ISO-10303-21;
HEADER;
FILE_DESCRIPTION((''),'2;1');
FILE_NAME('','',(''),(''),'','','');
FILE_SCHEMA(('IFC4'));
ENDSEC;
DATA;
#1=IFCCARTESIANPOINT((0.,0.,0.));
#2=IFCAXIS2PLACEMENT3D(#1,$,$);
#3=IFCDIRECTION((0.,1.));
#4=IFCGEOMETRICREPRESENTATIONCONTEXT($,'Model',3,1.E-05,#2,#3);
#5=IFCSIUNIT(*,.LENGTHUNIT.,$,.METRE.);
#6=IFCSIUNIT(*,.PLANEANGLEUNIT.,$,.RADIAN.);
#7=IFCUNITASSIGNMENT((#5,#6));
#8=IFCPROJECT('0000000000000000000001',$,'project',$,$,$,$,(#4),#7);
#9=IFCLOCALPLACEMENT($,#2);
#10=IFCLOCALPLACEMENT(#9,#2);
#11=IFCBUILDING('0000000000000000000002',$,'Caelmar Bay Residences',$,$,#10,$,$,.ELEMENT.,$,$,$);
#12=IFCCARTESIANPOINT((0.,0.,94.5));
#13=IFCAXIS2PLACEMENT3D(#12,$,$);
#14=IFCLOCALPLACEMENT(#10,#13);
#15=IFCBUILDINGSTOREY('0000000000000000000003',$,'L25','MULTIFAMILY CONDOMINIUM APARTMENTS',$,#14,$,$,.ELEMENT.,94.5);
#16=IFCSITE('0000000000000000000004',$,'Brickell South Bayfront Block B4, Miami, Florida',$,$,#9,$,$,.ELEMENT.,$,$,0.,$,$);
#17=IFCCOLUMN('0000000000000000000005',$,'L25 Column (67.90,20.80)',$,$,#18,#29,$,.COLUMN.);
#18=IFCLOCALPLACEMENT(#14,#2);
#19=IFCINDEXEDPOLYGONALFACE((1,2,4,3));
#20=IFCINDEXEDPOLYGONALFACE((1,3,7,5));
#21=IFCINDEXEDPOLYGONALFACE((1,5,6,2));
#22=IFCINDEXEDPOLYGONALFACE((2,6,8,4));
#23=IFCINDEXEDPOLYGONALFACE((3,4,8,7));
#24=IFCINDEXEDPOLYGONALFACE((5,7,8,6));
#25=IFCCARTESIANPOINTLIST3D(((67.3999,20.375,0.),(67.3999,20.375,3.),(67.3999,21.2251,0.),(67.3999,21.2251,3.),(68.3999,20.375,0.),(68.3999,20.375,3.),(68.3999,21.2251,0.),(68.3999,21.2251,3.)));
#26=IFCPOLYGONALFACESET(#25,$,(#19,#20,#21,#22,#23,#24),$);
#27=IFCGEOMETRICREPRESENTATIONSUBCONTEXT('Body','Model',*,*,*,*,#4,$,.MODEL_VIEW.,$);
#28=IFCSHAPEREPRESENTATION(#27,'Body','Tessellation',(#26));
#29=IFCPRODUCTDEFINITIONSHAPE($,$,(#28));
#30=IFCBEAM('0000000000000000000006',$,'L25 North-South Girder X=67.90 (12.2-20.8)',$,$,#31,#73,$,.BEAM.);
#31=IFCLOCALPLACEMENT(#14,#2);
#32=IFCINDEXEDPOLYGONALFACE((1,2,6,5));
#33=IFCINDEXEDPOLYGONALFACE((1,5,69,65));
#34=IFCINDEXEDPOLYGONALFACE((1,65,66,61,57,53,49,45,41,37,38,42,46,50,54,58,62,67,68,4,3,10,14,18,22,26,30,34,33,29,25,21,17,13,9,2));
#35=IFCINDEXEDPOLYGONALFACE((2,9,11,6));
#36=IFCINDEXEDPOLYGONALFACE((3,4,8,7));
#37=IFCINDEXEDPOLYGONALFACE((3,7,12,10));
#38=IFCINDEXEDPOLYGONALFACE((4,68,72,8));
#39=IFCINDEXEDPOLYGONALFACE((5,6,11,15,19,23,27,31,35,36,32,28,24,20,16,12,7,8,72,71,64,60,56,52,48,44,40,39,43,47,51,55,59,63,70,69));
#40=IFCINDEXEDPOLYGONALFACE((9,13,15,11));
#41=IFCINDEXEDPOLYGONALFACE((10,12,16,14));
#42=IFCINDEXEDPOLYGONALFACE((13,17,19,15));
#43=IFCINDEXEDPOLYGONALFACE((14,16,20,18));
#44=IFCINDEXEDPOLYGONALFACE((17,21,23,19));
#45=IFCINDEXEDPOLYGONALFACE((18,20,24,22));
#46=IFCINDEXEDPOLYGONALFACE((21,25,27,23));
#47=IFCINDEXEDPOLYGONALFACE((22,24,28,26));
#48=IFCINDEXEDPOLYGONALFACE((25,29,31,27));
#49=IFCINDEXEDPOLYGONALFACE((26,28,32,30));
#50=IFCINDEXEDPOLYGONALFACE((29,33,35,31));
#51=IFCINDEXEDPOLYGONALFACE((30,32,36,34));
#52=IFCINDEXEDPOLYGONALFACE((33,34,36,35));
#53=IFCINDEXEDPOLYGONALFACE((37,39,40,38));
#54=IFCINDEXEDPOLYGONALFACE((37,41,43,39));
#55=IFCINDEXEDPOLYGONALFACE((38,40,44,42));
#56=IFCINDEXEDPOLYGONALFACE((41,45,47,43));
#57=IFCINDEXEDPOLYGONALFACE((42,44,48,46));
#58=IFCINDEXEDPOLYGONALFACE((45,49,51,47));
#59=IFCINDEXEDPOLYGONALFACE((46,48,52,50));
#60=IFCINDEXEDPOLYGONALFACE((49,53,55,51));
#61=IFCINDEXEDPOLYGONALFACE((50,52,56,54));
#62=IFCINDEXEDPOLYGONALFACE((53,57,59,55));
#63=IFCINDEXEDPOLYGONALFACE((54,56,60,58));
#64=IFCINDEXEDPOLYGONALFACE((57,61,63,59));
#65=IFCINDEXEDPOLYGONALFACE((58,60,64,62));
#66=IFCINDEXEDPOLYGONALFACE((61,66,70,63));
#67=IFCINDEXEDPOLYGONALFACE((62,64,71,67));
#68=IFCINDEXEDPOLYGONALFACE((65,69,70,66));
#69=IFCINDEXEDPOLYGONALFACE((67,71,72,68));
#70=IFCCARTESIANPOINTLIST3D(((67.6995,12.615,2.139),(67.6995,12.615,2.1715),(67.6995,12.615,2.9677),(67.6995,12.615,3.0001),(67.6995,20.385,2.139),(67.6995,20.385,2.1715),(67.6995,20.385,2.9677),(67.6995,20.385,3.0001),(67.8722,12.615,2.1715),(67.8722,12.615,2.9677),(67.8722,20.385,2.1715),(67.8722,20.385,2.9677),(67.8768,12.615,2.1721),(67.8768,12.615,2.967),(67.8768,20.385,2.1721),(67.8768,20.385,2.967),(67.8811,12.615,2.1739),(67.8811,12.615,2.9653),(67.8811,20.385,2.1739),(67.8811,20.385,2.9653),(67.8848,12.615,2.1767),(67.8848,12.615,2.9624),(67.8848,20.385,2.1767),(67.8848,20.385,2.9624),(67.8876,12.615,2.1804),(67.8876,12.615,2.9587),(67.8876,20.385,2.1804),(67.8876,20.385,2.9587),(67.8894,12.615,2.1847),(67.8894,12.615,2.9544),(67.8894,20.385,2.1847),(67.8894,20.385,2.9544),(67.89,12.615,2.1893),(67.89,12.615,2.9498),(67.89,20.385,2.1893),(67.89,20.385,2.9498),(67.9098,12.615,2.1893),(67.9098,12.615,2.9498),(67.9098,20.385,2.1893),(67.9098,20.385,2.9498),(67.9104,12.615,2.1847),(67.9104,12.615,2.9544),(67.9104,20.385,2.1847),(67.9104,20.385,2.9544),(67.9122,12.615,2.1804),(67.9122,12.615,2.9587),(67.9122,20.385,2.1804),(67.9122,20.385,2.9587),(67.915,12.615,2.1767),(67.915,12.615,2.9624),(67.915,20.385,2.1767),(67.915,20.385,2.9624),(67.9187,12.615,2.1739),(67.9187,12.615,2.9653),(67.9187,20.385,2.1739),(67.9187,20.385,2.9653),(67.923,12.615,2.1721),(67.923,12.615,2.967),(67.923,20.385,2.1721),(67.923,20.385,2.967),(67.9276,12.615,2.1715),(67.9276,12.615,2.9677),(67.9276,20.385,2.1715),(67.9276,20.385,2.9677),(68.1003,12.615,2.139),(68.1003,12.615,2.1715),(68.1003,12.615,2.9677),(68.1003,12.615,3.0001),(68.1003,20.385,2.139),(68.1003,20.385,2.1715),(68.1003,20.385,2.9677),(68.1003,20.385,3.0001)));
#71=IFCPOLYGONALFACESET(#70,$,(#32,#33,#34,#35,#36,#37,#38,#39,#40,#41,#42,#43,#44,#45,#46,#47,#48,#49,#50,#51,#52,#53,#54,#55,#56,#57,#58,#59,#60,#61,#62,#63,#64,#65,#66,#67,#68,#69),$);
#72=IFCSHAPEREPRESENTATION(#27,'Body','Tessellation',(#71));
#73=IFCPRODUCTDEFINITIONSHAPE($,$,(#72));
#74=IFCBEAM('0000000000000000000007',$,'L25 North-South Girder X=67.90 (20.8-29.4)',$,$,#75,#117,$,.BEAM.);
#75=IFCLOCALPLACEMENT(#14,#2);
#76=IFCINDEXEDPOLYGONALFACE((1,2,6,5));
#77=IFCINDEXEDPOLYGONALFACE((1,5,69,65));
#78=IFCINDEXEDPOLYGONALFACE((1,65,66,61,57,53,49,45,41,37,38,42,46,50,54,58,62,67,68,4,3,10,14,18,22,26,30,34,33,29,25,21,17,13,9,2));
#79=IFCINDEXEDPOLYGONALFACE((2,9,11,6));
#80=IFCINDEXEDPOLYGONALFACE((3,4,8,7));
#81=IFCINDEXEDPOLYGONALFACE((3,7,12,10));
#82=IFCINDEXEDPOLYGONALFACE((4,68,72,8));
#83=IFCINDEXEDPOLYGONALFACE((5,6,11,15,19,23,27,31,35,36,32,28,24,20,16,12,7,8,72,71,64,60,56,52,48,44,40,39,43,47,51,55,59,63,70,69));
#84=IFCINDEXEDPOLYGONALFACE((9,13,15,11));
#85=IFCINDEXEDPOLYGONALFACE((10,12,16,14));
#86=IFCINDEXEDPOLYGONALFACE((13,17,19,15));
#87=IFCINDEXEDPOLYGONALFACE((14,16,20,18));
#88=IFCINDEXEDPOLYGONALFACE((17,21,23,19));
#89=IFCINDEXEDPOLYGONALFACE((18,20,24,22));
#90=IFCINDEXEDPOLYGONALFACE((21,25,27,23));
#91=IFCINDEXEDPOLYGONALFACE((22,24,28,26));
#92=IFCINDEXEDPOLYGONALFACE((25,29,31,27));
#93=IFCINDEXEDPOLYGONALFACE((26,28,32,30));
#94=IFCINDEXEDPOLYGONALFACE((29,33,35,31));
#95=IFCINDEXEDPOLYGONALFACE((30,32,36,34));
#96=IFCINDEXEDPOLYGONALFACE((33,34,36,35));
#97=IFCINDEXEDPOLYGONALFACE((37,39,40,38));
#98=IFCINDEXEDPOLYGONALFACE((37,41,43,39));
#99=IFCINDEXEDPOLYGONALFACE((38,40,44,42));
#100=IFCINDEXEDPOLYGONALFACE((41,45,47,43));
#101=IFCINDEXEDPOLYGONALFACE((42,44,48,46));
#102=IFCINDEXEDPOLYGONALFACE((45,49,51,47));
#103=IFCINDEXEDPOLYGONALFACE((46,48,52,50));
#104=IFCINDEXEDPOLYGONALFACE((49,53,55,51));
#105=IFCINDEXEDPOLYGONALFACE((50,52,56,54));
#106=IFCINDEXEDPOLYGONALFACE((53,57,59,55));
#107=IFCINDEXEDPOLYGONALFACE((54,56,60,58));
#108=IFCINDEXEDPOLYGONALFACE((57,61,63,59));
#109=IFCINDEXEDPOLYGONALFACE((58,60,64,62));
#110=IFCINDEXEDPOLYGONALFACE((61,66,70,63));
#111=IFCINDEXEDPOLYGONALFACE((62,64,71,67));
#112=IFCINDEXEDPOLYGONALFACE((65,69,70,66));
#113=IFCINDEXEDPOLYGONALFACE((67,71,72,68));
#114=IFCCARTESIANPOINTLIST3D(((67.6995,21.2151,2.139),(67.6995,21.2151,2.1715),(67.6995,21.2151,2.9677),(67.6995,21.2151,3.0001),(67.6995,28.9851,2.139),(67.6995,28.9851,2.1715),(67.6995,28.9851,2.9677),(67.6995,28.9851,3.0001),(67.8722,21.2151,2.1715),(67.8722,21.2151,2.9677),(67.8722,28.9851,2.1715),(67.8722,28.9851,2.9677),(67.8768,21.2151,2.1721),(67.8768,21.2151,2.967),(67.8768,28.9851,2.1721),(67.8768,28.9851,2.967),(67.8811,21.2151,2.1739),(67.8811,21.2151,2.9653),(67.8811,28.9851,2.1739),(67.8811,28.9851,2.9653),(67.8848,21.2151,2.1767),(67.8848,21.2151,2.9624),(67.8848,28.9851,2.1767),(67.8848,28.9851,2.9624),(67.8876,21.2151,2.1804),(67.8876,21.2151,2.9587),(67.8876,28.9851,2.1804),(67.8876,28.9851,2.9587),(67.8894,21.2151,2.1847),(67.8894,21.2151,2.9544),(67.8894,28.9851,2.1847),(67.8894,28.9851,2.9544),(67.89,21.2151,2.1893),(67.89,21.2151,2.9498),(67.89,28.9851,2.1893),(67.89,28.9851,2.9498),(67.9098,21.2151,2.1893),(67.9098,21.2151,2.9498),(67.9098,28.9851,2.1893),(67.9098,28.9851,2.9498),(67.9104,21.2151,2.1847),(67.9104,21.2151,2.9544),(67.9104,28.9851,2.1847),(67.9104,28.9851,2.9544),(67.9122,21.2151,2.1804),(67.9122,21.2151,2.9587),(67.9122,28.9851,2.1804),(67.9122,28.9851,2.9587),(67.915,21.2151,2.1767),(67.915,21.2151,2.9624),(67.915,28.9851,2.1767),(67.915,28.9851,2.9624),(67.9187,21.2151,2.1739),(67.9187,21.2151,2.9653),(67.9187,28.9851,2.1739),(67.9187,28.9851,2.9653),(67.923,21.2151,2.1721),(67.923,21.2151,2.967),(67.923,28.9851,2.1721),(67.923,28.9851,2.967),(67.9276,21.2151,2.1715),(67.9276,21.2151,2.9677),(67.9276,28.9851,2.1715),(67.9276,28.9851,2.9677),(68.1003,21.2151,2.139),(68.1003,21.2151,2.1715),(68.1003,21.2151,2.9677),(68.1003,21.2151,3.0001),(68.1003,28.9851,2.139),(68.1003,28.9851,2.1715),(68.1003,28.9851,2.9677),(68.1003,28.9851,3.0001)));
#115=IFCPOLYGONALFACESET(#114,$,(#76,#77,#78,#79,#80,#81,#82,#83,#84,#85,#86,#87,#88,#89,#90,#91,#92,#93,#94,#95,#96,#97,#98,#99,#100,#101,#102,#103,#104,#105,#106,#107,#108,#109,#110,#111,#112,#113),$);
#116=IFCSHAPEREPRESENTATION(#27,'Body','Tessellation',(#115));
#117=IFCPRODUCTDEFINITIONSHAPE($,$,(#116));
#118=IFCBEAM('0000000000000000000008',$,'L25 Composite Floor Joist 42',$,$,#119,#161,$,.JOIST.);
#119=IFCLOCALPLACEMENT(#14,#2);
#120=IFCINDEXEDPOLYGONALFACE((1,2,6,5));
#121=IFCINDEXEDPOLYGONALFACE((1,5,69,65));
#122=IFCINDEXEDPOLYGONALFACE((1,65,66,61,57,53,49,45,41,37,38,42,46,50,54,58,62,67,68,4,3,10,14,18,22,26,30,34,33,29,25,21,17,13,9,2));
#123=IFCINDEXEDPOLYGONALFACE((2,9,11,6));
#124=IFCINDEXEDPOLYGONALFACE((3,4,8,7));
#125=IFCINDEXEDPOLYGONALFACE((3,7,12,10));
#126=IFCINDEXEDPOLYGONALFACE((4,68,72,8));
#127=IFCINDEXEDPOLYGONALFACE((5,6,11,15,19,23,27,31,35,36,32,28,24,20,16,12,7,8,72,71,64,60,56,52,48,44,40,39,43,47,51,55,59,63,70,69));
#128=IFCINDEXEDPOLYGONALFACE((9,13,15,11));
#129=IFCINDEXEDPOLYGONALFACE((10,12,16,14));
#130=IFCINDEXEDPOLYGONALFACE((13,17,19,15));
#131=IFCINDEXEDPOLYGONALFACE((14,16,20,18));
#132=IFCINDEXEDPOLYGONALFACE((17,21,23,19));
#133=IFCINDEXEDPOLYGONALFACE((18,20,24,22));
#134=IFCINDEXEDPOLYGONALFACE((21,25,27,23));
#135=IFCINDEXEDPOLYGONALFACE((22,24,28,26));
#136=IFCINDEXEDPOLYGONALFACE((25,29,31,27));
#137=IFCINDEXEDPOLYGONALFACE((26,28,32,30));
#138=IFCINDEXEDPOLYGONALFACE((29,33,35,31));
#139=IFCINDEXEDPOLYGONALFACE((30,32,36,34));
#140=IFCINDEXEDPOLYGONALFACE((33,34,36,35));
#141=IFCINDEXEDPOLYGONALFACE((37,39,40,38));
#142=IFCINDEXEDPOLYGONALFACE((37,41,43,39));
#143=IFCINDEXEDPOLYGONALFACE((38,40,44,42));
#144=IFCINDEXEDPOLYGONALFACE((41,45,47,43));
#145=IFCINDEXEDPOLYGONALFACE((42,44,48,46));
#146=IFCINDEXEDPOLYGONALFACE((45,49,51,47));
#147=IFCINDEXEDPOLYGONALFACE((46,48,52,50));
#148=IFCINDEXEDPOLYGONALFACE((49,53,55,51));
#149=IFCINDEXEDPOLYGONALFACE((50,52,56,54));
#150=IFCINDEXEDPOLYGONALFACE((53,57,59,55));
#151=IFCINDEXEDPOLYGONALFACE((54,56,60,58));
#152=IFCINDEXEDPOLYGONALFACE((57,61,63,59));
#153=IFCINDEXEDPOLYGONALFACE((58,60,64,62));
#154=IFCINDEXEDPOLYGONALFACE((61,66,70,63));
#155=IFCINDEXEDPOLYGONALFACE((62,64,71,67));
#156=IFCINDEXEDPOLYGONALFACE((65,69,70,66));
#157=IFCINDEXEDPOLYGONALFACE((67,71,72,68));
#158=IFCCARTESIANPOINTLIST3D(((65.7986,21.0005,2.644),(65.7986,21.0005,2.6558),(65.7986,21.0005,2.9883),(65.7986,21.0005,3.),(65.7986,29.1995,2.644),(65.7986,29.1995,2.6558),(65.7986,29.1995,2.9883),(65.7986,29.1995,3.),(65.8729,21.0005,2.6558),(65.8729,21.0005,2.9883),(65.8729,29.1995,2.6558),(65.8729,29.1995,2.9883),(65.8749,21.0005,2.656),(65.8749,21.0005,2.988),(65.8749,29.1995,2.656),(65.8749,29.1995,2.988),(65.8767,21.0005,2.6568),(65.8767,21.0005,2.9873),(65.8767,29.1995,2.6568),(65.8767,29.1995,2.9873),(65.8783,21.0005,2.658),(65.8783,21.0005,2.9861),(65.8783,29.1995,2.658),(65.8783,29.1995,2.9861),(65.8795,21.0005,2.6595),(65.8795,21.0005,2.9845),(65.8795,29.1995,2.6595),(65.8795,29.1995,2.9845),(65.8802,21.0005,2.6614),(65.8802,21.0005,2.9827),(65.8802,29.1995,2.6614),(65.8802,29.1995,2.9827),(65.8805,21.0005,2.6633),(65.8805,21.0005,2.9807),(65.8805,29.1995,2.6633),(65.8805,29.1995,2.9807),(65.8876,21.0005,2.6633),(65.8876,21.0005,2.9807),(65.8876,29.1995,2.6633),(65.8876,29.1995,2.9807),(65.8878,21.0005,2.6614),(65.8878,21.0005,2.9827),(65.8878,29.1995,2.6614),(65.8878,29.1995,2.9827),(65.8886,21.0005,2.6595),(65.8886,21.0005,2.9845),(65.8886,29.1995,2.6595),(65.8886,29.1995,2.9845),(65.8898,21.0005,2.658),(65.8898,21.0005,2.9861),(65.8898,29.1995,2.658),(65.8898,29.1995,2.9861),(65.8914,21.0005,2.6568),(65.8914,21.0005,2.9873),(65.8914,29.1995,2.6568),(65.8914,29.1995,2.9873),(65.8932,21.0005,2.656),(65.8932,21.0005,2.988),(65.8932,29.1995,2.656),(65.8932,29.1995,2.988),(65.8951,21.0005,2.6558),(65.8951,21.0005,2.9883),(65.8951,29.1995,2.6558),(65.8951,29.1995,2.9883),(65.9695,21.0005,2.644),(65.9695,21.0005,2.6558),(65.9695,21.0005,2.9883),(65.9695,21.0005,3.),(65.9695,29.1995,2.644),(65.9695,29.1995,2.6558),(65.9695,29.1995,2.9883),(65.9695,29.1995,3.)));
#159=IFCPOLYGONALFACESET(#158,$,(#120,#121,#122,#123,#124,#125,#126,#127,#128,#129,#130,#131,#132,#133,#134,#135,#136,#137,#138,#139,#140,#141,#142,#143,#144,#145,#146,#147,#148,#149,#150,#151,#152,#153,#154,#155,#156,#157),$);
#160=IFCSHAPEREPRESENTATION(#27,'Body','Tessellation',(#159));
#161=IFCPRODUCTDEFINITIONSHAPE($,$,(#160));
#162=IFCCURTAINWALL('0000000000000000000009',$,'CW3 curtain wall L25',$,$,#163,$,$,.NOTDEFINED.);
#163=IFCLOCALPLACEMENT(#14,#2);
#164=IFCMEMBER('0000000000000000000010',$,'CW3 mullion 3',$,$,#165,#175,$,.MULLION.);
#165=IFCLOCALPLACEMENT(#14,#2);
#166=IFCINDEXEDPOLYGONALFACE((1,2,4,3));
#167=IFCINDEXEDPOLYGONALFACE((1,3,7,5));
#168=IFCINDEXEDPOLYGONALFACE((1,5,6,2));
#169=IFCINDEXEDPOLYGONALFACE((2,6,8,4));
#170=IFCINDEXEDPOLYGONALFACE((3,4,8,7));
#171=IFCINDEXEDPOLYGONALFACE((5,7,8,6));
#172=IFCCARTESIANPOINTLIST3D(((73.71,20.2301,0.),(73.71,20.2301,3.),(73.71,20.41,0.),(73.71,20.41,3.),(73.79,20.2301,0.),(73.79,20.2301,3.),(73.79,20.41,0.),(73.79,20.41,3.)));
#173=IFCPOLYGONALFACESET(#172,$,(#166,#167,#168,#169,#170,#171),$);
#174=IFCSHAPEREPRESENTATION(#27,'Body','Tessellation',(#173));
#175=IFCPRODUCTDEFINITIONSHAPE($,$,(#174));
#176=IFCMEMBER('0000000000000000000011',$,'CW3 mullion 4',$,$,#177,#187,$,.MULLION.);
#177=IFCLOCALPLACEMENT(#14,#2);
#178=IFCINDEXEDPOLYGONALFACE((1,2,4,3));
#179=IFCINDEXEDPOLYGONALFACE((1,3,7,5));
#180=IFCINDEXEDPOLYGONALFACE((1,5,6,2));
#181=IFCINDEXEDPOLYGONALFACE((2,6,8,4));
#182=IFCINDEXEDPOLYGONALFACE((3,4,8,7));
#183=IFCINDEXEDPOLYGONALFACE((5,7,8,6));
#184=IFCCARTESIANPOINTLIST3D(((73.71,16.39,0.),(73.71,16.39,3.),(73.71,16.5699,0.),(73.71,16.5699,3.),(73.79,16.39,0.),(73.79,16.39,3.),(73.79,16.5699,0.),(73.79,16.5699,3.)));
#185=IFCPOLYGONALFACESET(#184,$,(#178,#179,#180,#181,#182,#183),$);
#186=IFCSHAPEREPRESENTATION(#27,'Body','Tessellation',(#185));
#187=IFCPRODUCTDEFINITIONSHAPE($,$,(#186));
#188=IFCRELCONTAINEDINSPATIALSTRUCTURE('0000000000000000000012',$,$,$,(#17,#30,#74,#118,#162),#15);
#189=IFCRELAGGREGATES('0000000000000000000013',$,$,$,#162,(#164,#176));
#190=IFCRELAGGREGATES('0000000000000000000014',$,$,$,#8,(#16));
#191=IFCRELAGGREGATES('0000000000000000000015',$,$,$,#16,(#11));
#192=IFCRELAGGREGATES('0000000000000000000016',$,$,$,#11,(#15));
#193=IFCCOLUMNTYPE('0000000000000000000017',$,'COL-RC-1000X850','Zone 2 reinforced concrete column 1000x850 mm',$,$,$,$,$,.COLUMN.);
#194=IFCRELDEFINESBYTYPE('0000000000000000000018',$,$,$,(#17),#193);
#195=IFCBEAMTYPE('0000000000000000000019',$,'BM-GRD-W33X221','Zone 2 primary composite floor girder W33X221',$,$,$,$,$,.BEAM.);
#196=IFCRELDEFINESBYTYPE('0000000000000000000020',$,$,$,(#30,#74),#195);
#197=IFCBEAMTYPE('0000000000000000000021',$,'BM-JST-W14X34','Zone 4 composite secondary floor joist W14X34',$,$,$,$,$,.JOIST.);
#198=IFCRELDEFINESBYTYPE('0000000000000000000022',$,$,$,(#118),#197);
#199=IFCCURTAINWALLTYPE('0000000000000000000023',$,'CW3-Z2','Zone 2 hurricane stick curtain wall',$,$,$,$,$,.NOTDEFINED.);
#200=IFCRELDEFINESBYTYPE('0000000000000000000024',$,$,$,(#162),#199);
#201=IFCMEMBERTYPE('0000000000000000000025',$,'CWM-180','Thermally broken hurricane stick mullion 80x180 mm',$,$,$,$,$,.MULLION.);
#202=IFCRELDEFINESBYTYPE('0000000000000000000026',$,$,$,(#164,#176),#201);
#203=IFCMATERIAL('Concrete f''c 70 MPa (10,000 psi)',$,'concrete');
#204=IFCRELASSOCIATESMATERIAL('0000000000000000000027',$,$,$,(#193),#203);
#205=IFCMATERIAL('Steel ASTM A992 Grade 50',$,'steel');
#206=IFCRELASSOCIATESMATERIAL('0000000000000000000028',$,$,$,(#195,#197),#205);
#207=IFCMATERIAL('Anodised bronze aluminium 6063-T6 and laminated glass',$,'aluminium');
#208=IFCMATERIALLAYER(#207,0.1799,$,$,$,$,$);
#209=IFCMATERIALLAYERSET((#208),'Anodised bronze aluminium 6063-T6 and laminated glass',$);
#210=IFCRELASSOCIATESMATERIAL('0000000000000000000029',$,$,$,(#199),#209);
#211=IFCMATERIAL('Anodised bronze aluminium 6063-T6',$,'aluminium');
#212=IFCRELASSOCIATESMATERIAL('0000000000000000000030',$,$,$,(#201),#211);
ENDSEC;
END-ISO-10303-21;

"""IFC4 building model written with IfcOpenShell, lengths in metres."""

from ifc_helpers import new_model, si_unit, direction, frame, origin, origin_2d, place, context, subcontext, project, spatial, rectangle, i_section, extrude, material, layer, layer_set, material_profile, profile_set, type_object, element, aggregate, save


model = new_model("IFC4")

# Units and contexts
model_context = context("Model", 3, precision=1e-05, world=origin(), true_north=direction((0.0, 1.0)))
body_context = subcontext(model_context, "Body", "Model", "MODEL_VIEW")
ifc_project = project(units=[si_unit("LENGTHUNIT", "METRE"), si_unit("PLANEANGLEUNIT", "RADIAN")], contexts=[model_context])

# Site, building, storey
site_placement = place(None, origin())
site = spatial("IfcSite", under=ifc_project, at=site_placement, Name="Brickell South Bayfront Block B4, Miami, Florida", CompositionType="ELEMENT", RefElevation=0.0)
building_placement = place(site_placement, origin())
building = spatial("IfcBuilding", under=site, at=building_placement, Name="Caelmar Bay Residences", CompositionType="ELEMENT")
storey_placement = place(building_placement, frame((0.0, 0.0, 94.5)))
storey = spatial("IfcBuildingStorey", under=building, at=storey_placement, Name="L25", Description="MULTIFAMILY CONDOMINIUM APARTMENTS", CompositionType="ELEMENT", Elevation=94.5)

# Column
ifc_material_1 = material(Name="Concrete f'c 70 MPa (10,000 psi)", Category="concrete")
ifc_material_profile_1 = material_profile(ifc_material_1, rectangle(XDim=1.0, YDim=0.8501, at=origin_2d()), Name="RC-COL-1000X850")
ifc_profile_set_1 = profile_set([ifc_material_profile_1], Name="Concrete f'c 70 MPa (10,000 psi)")
column_type = type_object("IfcColumnType", Name="COL-RC-1000X850", Description="Zone 2 reinforced concrete column 1000x850 mm", PredefinedType="COLUMN", material=ifc_profile_set_1)
column_placement = place(storey_placement, frame((67.8999, 20.8, 0.0), z_axis=(0.0, 0.0, 1.0), x_axis=(1.0, 0.0, 0.0)))
element("IfcColumn", 1, at=column_placement, inside=storey, type_object=column_type, Name="L25 Column (67.90,20.80)", PredefinedType="COLUMN", context=body_context, shape_type="SweptSolid", body=[
    extrude(rectangle(XDim=1.0, YDim=0.8501, at=origin_2d()), origin(), (0.0, 0.0, 1.0), 3.0),
])

# Beams
ifc_material_2 = material(Name="Steel ASTM A992 Grade 50", Category="steel")
ifc_material_profile_2 = material_profile(ifc_material_2, i_section(OverallWidth=0.4009, OverallDepth=0.8611, WebThickness=0.0198, FlangeThickness=0.0325, FilletRadius=0.0178, at=origin_2d()), Name="W33X221")
ifc_profile_set_2 = profile_set([ifc_material_profile_2], Name="Steel ASTM A992 Grade 50")
beam_type_1 = type_object("IfcBeamType", Name="BM-GRD-W33X221", Description="Zone 2 primary composite floor girder W33X221", PredefinedType="BEAM", material=ifc_profile_set_2)
for number, where, z_axis, x_axis, name in (
    (2, (67.8999, 12.615, 2.5696), (0.0, 1.0, 0.0), (-1.0, 0.0, 0.0), "L25 North-South Girder X=67.90 (12.2-20.8)"),
    (3, (67.8999, 21.2151, 2.5696), (0.0, 1.0, 0.0), (-1.0, 0.0, 0.0), "L25 North-South Girder X=67.90 (20.8-29.4)"),
):
    element("IfcBeam", number, at=place(storey_placement, frame(where, z_axis=z_axis, x_axis=x_axis)), inside=storey, type_object=beam_type_1, Name=name, PredefinedType="BEAM", context=body_context, shape_type="SweptSolid", body=[
        extrude(i_section(OverallWidth=0.4009, OverallDepth=0.8611, WebThickness=0.0198, FlangeThickness=0.0325, FilletRadius=0.0178, at=origin_2d()), origin(), (0.0, 0.0, 1.0), 7.77),
    ])
ifc_material_profile_3 = material_profile(ifc_material_2, i_section(OverallWidth=0.1709, OverallDepth=0.356, WebThickness=0.0071, FlangeThickness=0.0117, FilletRadius=0.0076, at=origin_2d()), Name="W14X34")
ifc_profile_set_3 = profile_set([ifc_material_profile_3], Name="Steel ASTM A992 Grade 50")
beam_type_2 = type_object("IfcBeamType", Name="BM-JST-W14X34", Description="Zone 4 composite secondary floor joist W14X34", PredefinedType="JOIST", material=ifc_profile_set_3)
beam_placement = place(storey_placement, frame((65.884, 21.0005, 2.822), z_axis=(0.0, 1.0, 0.0), x_axis=(-1.0, 0.0, 0.0)))
element("IfcBeam", 4, at=beam_placement, inside=storey, type_object=beam_type_2, Name="L25 Composite Floor Joist 42", PredefinedType="JOIST", context=body_context, shape_type="SweptSolid", body=[
    extrude(i_section(OverallWidth=0.1709, OverallDepth=0.356, WebThickness=0.0071, FlangeThickness=0.0117, FilletRadius=0.0076, at=origin_2d()), origin(), (0.0, 0.0, 1.0), 8.199),
])

# Curtain wall, members
ifc_material_3 = material(Name="Anodised bronze aluminium 6063-T6 and laminated glass", Category="aluminium")
ifc_layer_1 = layer(ifc_material_3, 0.1799)
ifc_layer_set_1 = layer_set([ifc_layer_1], Name="Anodised bronze aluminium 6063-T6 and laminated glass")
curtain_wall_type = type_object("IfcCurtainWallType", Name="CW3-Z2", Description="Zone 2 hurricane stick curtain wall", PredefinedType="NOTDEFINED", material=ifc_layer_set_1)
curtain_wall_placement = place(storey_placement, origin())
curtain_wall = element("IfcCurtainWall", 5, at=curtain_wall_placement, inside=storey, type_object=curtain_wall_type, Name="CW3 curtain wall L25", PredefinedType="NOTDEFINED")
ifc_material_4 = material(Name="Anodised bronze aluminium 6063-T6", Category="aluminium")
ifc_material_profile_4 = material_profile(ifc_material_4, rectangle(XDim=0.0801, YDim=0.1799, at=origin_2d()), Name="CWM-80X180")
ifc_profile_set_4 = profile_set([ifc_material_profile_4], Name="Anodised bronze aluminium 6063-T6")
member_type_1 = type_object("IfcMemberType", Name="CWM-180", Description="Thermally broken hurricane stick mullion 80x180 mm", PredefinedType="MULLION", material=ifc_profile_set_4)
member_1_placement = place(storey_placement, frame((73.75, 20.3201, 0.0), z_axis=(0.0, 0.0, 1.0), x_axis=(1.0, 0.0, 0.0)))
member_1 = element("IfcMember", 6, at=member_1_placement, type_object=member_type_1, Name="CW3 mullion 3", PredefinedType="MULLION", context=body_context, shape_type="SweptSolid", body=[
    extrude(rectangle(XDim=0.0801, YDim=0.1799, at=origin_2d()), origin(), (0.0, 0.0, 1.0), 3.0),
])
member_2_placement = place(storey_placement, frame((73.75, 16.48, 0.0), z_axis=(0.0, 0.0, 1.0), x_axis=(1.0, 0.0, 0.0)))
member_2 = element("IfcMember", 7, at=member_2_placement, type_object=member_type_1, Name="CW3 mullion 4", PredefinedType="MULLION", context=body_context, shape_type="SweptSolid", body=[
    extrude(rectangle(XDim=0.0801, YDim=0.1799, at=origin_2d()), origin(), (0.0, 0.0, 1.0), 3.0),
])
aggregate(curtain_wall, [member_1, member_2])

save(model, "model.ifc")
